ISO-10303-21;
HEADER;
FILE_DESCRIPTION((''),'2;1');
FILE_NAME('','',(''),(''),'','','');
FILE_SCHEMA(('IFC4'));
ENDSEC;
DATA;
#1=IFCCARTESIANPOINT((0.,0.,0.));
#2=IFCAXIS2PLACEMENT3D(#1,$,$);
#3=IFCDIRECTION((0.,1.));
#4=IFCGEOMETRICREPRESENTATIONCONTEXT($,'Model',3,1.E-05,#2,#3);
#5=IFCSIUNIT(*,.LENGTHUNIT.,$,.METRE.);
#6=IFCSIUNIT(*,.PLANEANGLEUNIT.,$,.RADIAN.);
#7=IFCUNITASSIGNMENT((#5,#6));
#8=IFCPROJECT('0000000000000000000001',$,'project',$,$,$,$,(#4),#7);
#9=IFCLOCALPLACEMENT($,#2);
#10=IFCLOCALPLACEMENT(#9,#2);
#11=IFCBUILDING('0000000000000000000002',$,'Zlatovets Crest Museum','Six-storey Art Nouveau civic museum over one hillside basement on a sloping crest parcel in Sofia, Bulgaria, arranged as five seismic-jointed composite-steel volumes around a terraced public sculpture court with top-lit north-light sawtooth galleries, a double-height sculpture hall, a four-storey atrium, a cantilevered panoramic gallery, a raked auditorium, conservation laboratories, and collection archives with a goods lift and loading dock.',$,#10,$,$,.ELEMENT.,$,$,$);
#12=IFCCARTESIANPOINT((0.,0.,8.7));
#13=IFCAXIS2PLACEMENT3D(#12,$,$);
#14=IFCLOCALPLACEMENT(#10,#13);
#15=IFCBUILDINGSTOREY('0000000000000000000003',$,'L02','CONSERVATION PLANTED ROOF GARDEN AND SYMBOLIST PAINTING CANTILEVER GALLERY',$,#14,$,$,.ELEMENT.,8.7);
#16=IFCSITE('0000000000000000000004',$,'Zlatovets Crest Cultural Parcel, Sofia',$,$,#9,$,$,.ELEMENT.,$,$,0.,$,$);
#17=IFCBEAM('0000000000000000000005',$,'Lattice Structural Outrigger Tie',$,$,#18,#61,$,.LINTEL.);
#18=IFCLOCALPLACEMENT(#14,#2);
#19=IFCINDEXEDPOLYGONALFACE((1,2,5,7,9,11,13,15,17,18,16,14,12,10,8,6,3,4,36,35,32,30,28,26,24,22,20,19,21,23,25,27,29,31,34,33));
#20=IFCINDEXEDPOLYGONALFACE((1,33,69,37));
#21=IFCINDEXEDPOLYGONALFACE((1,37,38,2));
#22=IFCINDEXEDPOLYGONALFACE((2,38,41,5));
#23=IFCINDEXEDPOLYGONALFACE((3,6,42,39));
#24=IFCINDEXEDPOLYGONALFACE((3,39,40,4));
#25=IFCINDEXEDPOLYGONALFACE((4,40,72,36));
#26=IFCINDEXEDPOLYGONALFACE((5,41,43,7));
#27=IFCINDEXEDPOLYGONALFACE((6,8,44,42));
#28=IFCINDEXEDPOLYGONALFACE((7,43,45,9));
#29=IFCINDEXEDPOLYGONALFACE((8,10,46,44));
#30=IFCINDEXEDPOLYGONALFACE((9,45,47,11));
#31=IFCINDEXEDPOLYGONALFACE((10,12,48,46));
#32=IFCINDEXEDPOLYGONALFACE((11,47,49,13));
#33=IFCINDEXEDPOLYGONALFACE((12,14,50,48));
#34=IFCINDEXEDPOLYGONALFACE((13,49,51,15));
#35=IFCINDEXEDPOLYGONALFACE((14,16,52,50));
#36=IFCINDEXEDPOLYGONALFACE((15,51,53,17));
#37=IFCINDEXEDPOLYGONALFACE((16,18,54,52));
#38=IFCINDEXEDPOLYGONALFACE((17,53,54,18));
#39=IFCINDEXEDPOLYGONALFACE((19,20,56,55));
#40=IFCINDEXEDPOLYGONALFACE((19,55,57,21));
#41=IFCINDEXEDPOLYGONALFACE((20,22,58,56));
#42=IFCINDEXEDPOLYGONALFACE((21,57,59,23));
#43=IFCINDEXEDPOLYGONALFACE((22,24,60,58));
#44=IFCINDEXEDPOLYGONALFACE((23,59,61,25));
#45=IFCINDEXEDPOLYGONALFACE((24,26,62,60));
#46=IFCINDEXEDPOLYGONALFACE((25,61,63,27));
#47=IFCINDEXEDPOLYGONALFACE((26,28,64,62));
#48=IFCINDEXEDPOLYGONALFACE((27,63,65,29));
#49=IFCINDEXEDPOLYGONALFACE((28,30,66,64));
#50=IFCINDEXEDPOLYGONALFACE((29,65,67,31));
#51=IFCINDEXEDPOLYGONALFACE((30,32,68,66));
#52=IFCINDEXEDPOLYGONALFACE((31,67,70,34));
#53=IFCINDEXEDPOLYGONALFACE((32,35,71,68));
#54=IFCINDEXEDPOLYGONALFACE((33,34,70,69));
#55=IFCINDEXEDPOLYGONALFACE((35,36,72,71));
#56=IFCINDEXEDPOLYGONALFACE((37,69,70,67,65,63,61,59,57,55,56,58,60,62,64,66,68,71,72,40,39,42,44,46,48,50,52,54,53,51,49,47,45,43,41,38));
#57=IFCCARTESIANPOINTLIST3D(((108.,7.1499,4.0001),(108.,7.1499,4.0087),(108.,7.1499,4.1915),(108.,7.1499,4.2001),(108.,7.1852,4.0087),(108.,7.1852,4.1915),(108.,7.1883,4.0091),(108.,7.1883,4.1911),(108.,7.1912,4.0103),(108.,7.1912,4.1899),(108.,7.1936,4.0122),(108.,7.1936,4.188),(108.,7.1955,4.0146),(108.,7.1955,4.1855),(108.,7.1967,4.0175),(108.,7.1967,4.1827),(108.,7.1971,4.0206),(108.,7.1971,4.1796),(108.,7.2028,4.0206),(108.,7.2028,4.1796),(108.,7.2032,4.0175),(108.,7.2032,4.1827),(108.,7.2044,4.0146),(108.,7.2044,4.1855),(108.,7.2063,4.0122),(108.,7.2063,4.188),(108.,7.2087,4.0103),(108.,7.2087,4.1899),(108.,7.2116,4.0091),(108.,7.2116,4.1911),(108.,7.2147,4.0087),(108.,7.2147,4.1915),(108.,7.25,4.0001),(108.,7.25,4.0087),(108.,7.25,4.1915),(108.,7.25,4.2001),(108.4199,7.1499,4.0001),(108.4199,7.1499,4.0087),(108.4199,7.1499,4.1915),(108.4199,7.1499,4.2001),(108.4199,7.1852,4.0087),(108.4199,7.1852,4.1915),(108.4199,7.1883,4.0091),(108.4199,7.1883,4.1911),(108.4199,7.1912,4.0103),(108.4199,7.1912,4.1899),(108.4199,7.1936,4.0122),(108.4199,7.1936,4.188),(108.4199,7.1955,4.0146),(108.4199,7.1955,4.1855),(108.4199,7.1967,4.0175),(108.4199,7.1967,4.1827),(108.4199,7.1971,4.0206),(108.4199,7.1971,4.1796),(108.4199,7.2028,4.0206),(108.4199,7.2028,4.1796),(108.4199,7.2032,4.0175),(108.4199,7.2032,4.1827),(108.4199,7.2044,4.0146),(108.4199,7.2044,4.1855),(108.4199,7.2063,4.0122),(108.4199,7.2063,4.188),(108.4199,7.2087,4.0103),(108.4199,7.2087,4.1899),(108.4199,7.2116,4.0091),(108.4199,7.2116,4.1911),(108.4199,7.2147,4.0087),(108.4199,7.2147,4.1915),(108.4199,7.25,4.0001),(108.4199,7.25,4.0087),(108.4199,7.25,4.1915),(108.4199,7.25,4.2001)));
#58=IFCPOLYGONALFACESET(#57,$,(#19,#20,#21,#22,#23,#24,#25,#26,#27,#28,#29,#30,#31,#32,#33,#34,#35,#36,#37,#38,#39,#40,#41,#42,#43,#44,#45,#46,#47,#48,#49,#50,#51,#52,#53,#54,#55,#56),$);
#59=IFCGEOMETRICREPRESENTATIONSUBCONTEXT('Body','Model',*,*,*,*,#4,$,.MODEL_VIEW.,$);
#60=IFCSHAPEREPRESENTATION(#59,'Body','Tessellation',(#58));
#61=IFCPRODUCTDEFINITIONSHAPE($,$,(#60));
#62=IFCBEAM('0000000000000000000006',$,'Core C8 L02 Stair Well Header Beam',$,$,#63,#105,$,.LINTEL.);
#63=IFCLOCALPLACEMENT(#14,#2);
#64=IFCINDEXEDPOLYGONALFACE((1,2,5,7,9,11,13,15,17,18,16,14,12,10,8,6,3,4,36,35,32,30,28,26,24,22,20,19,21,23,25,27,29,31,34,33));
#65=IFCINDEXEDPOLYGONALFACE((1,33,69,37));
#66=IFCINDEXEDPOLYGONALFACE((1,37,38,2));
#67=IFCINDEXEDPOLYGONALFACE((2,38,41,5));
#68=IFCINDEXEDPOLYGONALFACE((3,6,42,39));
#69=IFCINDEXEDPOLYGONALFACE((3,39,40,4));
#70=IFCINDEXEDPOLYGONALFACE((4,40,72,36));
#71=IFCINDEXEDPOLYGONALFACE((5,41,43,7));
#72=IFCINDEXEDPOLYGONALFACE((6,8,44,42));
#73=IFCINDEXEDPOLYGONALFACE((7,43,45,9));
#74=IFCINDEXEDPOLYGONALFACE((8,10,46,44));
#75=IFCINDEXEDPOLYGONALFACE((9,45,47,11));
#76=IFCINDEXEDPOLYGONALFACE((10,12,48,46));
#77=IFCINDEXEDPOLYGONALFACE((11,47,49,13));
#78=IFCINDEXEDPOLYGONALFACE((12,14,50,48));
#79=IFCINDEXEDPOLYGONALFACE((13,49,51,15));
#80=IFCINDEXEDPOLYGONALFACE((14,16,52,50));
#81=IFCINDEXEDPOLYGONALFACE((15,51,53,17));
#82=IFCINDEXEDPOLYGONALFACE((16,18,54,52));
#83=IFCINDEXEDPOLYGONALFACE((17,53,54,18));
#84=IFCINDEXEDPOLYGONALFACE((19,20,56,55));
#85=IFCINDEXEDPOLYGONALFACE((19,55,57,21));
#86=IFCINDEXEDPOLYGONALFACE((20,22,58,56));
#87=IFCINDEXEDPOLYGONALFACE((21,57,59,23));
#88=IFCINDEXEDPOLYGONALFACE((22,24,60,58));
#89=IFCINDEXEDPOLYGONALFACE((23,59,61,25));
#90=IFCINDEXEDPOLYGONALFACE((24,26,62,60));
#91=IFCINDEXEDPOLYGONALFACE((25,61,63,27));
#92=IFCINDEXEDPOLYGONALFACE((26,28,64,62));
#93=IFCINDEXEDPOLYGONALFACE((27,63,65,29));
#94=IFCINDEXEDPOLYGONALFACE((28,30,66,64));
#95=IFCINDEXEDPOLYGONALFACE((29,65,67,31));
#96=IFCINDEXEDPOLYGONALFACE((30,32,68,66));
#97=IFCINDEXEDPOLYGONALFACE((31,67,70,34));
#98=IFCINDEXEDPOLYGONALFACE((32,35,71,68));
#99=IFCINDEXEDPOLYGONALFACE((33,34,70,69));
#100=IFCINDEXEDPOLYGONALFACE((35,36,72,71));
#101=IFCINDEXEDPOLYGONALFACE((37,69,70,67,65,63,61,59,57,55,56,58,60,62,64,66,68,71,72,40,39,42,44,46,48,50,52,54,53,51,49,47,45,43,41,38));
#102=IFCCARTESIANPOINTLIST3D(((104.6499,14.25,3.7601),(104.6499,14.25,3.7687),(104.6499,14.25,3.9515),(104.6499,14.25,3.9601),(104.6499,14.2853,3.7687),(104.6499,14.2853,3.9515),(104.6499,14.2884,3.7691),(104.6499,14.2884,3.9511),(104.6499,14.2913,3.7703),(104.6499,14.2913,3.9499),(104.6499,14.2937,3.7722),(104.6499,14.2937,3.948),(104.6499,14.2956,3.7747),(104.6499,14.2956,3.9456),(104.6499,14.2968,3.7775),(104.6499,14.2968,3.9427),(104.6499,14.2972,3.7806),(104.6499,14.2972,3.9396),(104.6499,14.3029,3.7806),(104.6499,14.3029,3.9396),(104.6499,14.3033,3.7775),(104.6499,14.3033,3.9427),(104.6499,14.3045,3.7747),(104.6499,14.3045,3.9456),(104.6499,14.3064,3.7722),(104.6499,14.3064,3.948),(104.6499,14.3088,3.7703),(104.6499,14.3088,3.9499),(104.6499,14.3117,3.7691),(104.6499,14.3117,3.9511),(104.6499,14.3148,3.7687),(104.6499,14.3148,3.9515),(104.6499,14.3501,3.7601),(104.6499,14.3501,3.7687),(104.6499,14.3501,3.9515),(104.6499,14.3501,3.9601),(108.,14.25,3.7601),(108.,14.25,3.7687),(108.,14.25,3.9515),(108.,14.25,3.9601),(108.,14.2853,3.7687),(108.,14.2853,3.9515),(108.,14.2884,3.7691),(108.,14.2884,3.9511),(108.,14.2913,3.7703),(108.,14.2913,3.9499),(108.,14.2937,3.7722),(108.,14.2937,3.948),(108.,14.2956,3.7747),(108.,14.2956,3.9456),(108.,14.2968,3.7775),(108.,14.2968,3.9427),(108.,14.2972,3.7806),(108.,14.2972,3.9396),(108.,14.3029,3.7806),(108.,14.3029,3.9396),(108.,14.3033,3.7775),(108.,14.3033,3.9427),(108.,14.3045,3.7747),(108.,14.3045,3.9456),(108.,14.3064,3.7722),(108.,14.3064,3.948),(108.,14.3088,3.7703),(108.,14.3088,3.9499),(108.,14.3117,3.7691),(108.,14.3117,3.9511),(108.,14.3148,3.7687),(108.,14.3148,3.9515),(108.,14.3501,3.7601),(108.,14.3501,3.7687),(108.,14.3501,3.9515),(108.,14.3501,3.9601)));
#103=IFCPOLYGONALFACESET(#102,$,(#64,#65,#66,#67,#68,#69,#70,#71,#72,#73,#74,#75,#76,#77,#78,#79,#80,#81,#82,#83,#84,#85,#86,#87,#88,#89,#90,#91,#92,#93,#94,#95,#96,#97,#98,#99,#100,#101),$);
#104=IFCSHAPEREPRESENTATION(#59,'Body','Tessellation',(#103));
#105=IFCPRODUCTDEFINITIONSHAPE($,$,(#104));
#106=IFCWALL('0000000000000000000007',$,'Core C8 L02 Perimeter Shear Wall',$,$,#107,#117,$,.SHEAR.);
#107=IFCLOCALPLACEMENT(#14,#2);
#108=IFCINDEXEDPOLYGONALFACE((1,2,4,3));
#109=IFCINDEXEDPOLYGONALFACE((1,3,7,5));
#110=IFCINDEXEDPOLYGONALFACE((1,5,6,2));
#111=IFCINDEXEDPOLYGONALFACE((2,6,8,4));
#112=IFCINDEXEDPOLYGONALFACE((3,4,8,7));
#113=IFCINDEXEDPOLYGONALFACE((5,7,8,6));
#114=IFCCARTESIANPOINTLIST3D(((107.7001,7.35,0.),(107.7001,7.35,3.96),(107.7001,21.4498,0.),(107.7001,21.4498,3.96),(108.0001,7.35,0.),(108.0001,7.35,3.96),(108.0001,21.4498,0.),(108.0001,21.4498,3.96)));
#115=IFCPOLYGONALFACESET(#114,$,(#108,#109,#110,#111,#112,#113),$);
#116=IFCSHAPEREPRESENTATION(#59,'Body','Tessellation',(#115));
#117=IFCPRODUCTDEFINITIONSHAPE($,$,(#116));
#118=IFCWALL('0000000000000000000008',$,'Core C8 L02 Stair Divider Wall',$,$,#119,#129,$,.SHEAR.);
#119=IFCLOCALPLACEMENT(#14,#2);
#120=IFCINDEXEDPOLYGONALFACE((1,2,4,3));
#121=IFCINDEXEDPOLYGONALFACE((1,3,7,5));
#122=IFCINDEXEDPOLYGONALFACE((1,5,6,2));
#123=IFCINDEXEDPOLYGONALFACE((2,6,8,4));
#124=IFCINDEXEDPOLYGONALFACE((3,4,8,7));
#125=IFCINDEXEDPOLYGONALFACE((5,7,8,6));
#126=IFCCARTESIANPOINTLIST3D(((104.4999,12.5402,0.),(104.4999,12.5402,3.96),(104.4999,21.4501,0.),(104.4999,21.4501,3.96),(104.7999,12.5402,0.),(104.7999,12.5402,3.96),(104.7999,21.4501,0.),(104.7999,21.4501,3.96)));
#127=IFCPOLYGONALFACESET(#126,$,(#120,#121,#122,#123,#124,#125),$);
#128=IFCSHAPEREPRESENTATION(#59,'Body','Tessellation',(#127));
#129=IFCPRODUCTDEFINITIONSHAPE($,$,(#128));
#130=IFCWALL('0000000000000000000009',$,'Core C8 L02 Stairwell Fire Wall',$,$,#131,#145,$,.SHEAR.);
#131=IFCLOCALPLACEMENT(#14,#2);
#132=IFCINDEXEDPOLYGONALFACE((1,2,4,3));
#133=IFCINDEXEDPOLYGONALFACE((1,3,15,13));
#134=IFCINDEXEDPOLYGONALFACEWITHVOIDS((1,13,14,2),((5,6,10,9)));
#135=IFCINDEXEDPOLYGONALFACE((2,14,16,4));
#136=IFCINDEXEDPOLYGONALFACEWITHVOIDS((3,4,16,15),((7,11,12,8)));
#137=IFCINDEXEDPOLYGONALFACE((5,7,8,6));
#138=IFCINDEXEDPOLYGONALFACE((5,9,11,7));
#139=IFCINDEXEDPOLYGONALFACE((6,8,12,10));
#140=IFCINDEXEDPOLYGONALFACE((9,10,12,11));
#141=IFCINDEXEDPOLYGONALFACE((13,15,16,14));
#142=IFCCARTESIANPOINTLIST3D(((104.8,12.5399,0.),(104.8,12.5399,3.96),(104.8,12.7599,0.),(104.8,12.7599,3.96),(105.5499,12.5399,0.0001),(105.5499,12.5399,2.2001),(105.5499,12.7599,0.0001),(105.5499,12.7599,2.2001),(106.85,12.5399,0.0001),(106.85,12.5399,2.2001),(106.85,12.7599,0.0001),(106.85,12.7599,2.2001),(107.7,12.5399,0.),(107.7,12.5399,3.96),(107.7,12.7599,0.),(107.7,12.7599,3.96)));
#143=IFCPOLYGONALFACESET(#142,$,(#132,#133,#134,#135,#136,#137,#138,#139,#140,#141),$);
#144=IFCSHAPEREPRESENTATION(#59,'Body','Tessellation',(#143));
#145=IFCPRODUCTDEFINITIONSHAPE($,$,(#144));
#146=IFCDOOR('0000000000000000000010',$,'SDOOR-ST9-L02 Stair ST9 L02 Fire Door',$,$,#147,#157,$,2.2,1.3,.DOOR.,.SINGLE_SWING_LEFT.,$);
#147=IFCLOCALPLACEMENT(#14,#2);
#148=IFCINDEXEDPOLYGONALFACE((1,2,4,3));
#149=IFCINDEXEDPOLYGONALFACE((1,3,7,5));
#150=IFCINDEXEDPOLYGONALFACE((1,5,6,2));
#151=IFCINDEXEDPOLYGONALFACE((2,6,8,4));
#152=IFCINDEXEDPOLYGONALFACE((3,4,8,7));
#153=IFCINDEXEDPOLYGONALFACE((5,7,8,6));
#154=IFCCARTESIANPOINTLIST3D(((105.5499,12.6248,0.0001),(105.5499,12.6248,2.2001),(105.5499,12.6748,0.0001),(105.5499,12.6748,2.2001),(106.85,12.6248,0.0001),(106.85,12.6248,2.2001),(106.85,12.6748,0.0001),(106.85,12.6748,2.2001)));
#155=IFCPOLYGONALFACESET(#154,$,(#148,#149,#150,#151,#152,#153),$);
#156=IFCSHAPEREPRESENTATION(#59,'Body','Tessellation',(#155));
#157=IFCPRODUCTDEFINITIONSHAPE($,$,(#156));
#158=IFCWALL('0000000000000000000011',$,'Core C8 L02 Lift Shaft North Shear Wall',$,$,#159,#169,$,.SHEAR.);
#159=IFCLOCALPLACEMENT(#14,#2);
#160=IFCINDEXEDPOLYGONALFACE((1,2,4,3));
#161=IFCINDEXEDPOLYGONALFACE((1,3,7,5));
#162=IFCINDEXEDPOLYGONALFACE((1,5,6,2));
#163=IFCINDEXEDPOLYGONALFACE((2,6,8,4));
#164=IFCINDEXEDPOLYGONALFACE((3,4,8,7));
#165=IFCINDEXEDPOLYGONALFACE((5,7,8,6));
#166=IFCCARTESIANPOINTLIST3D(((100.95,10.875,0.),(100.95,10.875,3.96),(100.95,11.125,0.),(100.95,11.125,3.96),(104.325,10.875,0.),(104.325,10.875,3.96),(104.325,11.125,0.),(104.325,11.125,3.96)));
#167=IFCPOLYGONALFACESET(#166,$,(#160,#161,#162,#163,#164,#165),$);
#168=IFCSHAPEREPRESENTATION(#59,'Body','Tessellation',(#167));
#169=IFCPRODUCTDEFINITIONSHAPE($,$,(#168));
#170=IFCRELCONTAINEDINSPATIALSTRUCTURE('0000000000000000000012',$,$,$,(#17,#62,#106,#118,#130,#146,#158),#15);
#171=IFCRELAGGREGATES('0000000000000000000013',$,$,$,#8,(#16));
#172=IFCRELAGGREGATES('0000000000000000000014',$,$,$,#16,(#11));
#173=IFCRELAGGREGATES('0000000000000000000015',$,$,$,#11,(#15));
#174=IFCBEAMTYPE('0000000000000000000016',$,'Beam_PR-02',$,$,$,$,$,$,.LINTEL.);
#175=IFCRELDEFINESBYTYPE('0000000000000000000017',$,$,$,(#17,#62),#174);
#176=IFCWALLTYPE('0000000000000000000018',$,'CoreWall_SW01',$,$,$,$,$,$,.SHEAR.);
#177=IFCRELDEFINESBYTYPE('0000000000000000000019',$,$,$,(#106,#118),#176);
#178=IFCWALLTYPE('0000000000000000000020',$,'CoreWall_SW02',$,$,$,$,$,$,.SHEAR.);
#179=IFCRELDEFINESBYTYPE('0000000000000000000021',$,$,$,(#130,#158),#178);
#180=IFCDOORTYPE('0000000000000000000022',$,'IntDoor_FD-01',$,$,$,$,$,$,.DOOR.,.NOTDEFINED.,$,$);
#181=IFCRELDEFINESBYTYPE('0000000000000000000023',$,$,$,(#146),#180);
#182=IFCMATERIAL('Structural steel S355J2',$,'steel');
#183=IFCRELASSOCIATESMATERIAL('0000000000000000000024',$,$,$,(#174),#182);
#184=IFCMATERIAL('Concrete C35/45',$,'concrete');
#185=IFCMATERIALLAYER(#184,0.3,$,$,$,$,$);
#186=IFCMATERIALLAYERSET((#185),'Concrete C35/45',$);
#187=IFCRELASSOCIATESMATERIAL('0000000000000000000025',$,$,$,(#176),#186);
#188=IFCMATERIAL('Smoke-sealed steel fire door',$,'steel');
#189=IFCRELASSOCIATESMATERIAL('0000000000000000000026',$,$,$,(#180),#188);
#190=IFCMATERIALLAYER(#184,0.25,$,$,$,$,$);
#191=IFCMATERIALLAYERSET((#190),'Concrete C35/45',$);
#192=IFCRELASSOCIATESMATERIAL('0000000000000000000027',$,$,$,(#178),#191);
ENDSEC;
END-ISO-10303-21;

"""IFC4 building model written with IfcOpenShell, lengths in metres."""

from ifc_helpers import new_model, si_unit, direction, frame, frame_2d, origin, origin_2d, place, context, subcontext, project, spatial, rectangle, i_section, extrude, material, layer, layer_set, material_profile, profile_set, type_object, element, fill, save


model = new_model("IFC4")

# Units and contexts
model_context = context("Model", 3, precision=1e-05, world=origin(), true_north=direction((0.0, 1.0)))
body_context = subcontext(model_context, "Body", "Model", "MODEL_VIEW")
ifc_project = project(units=[si_unit("LENGTHUNIT", "METRE"), si_unit("PLANEANGLEUNIT", "RADIAN")], contexts=[model_context])

# Site, building, storey
site_placement = place(None, origin())
site = spatial("IfcSite", under=ifc_project, at=site_placement, Name="Zlatovets Crest Cultural Parcel, Sofia", CompositionType="ELEMENT", RefElevation=0.0)
building_placement = place(site_placement, origin())
building = spatial("IfcBuilding", under=site, at=building_placement, Name="Zlatovets Crest Museum", Description="Six-storey Art Nouveau civic museum over one hillside basement on a sloping crest parcel in Sofia, Bulgaria, arranged as five seismic-jointed composite-steel volumes around a terraced public sculpture court with top-lit north-light sawtooth galleries, a double-height sculpture hall, a four-storey atrium, a cantilevered panoramic gallery, a raked auditorium, conservation laboratories, and collection archives with a goods lift and loading dock.", CompositionType="ELEMENT")
storey_placement = place(building_placement, frame((0.0, 0.0, 8.7)))
storey = spatial("IfcBuildingStorey", under=building, at=storey_placement, Name="L02", Description="CONSERVATION PLANTED ROOF GARDEN AND SYMBOLIST PAINTING CANTILEVER GALLERY", CompositionType="ELEMENT", Elevation=8.7)

# Beams
ifc_material_1 = material(Name="Structural steel S355J2", Category="steel")
ifc_material_profile = material_profile(ifc_material_1, i_section(OverallWidth=0.1001, OverallDepth=0.2, WebThickness=0.0056, FlangeThickness=0.0085, FilletRadius=0.012, at=origin_2d()), Name="IPE 200")
ifc_profile_set = profile_set([ifc_material_profile], Name="Structural steel S355J2")
beam_type = type_object("IfcBeamType", Name="Beam_PR-02", PredefinedType="LINTEL", material=ifc_profile_set)
beam_1_placement = place(storey_placement, frame((108.0, 7.2, 4.1001), z_axis=(1.0, 0.0, 0.0), x_axis=(0.0, 1.0, 0.0)))
element("IfcBeam", 1, at=beam_1_placement, inside=storey, type_object=beam_type, Name="Lattice Structural Outrigger Tie", PredefinedType="LINTEL", context=body_context, shape_type="SweptSolid", body=[
    extrude(i_section(OverallWidth=0.1001, OverallDepth=0.2, WebThickness=0.0056, FlangeThickness=0.0085, FilletRadius=0.012, at=origin_2d()), origin(), (0.0, 0.0, 1.0), 0.4199),
])
beam_2_placement = place(storey_placement, frame((104.6499, 14.3, 3.8601), z_axis=(1.0, 0.0, 0.0), x_axis=(0.0, 1.0, 0.0)))
element("IfcBeam", 2, at=beam_2_placement, inside=storey, type_object=beam_type, Name="Core C8 L02 Stair Well Header Beam", PredefinedType="LINTEL", context=body_context, shape_type="SweptSolid", body=[
    extrude(i_section(OverallWidth=0.1001, OverallDepth=0.2, WebThickness=0.0056, FlangeThickness=0.0085, FilletRadius=0.012, at=origin_2d()), origin(), (0.0, 0.0, 1.0), 3.3501),
])

# Wall
ifc_material_2 = material(Name="Concrete C35/45", Category="concrete")
ifc_layer_1 = layer(ifc_material_2, 0.3)
ifc_layer_set_1 = layer_set([ifc_layer_1], Name="Concrete C35/45")
wall_type_1 = type_object("IfcWallType", Name="CoreWall_SW01", PredefinedType="SHEAR", material=ifc_layer_set_1)
wall_1_placement = place(storey_placement, frame((107.8501, 7.3501, 0.0), z_axis=(0.0, 0.0, 1.0), x_axis=(0.0, 1.0, 0.0)))
element("IfcWall", 3, at=wall_1_placement, inside=storey, type_object=wall_type_1, Name="Core C8 L02 Perimeter Shear Wall", PredefinedType="SHEAR", context=body_context, shape_type="SweptSolid", body=[
    extrude(rectangle(XDim=14.0999, YDim=0.3, at=frame_2d((7.0498, 0.0))), origin(), (0.0, 0.0, 1.0), 3.96),
])

# Shared definitions
ifc_material_3 = material(Name="Smoke-sealed steel fire door", Category="steel")
door_type_1 = type_object("IfcDoorType", Name="IntDoor_FD-01", OperationType="NOTDEFINED", PredefinedType="DOOR", material=ifc_material_3)

# Wall
wall_2_placement = place(storey_placement, frame((104.6499, 12.54, 0.0), z_axis=(0.0, 0.0, 1.0), x_axis=(0.0, 1.0, 0.0)))
element("IfcWall", 4, at=wall_2_placement, inside=storey, type_object=wall_type_1, Name="Core C8 L02 Stair Divider Wall", PredefinedType="SHEAR", context=body_context, shape_type="SweptSolid", body=[
    extrude(rectangle(XDim=8.9099, YDim=0.3, at=frame_2d((4.4551, 0.0))), origin(), (0.0, 0.0, 1.0), 3.96),
])

# Wall, opening, door
ifc_layer_2 = layer(ifc_material_2, 0.25)
ifc_layer_set_2 = layer_set([ifc_layer_2], Name="Concrete C35/45")
wall_type_2 = type_object("IfcWallType", Name="CoreWall_SW02", PredefinedType="SHEAR", material=ifc_layer_set_2)
wall_3_placement = place(storey_placement, frame((104.8, 12.6499, 0.0), z_axis=(0.0, 0.0, 1.0), x_axis=(1.0, 0.0, 0.0)))
wall_3 = element("IfcWall", 5, at=wall_3_placement, inside=storey, type_object=wall_type_2, Name="Core C8 L02 Stairwell Fire Wall", PredefinedType="SHEAR", context=body_context, shape_type="SweptSolid", body=[
    extrude(rectangle(XDim=2.8999, YDim=0.22, at=frame_2d((1.45, 0.0))), origin(), (0.0, 0.0, 1.0), 3.96),
])
opening_1_placement = place(wall_3_placement, frame((0.75, 0.0, 0.0)))
opening_1 = element("IfcOpeningElement", 6, at=opening_1_placement, cuts=wall_3, PredefinedType="OPENING", context=body_context, shape_type="SweptSolid", body=[
    extrude(rectangle(XDim=1.3, YDim=2.2, at=frame_2d((0.6499, 1.1001))), frame((0.0, 0.1201, 0.0), z_axis=(0.0, -1.0, 0.0), x_axis=(1.0, 0.0, 0.0)), (0.0, 0.0, 1.0), 0.24),
])
door_1_placement = place(opening_1_placement, origin())
door_1 = element("IfcDoor", 7, at=door_1_placement, inside=storey, type_object=door_type_1, Name="SDOOR-ST9-L02 Stair ST9 L02 Fire Door", OperationType="SINGLE_SWING_LEFT", OverallHeight=2.2, OverallWidth=1.3, PredefinedType="DOOR", context=body_context, shape_type="SweptSolid", body=[
    extrude(rectangle(XDim=1.3, YDim=2.2, at=frame_2d((0.6499, 1.1001))), frame((0.0, 0.0249, 0.0), z_axis=(0.0, -1.0, 0.0), x_axis=(1.0, 0.0, 0.0)), (0.0, 0.0, 1.0), 0.05),
])
fill(opening_1, door_1)

# Wall
wall_4_placement = place(storey_placement, frame((100.95, 11.0, 0.0), z_axis=(0.0, 0.0, 1.0), x_axis=(1.0, 0.0, 0.0)))
element("IfcWall", 8, at=wall_4_placement, inside=storey, type_object=wall_type_2, Name="Core C8 L02 Lift Shaft North Shear Wall", PredefinedType="SHEAR", context=body_context, shape_type="SweptSolid", body=[
    extrude(rectangle(XDim=3.375, YDim=0.25, at=frame_2d((1.6875, 0.0))), origin(), (0.0, 0.0, 1.0), 3.96),
])

save(model, "model.ifc")
